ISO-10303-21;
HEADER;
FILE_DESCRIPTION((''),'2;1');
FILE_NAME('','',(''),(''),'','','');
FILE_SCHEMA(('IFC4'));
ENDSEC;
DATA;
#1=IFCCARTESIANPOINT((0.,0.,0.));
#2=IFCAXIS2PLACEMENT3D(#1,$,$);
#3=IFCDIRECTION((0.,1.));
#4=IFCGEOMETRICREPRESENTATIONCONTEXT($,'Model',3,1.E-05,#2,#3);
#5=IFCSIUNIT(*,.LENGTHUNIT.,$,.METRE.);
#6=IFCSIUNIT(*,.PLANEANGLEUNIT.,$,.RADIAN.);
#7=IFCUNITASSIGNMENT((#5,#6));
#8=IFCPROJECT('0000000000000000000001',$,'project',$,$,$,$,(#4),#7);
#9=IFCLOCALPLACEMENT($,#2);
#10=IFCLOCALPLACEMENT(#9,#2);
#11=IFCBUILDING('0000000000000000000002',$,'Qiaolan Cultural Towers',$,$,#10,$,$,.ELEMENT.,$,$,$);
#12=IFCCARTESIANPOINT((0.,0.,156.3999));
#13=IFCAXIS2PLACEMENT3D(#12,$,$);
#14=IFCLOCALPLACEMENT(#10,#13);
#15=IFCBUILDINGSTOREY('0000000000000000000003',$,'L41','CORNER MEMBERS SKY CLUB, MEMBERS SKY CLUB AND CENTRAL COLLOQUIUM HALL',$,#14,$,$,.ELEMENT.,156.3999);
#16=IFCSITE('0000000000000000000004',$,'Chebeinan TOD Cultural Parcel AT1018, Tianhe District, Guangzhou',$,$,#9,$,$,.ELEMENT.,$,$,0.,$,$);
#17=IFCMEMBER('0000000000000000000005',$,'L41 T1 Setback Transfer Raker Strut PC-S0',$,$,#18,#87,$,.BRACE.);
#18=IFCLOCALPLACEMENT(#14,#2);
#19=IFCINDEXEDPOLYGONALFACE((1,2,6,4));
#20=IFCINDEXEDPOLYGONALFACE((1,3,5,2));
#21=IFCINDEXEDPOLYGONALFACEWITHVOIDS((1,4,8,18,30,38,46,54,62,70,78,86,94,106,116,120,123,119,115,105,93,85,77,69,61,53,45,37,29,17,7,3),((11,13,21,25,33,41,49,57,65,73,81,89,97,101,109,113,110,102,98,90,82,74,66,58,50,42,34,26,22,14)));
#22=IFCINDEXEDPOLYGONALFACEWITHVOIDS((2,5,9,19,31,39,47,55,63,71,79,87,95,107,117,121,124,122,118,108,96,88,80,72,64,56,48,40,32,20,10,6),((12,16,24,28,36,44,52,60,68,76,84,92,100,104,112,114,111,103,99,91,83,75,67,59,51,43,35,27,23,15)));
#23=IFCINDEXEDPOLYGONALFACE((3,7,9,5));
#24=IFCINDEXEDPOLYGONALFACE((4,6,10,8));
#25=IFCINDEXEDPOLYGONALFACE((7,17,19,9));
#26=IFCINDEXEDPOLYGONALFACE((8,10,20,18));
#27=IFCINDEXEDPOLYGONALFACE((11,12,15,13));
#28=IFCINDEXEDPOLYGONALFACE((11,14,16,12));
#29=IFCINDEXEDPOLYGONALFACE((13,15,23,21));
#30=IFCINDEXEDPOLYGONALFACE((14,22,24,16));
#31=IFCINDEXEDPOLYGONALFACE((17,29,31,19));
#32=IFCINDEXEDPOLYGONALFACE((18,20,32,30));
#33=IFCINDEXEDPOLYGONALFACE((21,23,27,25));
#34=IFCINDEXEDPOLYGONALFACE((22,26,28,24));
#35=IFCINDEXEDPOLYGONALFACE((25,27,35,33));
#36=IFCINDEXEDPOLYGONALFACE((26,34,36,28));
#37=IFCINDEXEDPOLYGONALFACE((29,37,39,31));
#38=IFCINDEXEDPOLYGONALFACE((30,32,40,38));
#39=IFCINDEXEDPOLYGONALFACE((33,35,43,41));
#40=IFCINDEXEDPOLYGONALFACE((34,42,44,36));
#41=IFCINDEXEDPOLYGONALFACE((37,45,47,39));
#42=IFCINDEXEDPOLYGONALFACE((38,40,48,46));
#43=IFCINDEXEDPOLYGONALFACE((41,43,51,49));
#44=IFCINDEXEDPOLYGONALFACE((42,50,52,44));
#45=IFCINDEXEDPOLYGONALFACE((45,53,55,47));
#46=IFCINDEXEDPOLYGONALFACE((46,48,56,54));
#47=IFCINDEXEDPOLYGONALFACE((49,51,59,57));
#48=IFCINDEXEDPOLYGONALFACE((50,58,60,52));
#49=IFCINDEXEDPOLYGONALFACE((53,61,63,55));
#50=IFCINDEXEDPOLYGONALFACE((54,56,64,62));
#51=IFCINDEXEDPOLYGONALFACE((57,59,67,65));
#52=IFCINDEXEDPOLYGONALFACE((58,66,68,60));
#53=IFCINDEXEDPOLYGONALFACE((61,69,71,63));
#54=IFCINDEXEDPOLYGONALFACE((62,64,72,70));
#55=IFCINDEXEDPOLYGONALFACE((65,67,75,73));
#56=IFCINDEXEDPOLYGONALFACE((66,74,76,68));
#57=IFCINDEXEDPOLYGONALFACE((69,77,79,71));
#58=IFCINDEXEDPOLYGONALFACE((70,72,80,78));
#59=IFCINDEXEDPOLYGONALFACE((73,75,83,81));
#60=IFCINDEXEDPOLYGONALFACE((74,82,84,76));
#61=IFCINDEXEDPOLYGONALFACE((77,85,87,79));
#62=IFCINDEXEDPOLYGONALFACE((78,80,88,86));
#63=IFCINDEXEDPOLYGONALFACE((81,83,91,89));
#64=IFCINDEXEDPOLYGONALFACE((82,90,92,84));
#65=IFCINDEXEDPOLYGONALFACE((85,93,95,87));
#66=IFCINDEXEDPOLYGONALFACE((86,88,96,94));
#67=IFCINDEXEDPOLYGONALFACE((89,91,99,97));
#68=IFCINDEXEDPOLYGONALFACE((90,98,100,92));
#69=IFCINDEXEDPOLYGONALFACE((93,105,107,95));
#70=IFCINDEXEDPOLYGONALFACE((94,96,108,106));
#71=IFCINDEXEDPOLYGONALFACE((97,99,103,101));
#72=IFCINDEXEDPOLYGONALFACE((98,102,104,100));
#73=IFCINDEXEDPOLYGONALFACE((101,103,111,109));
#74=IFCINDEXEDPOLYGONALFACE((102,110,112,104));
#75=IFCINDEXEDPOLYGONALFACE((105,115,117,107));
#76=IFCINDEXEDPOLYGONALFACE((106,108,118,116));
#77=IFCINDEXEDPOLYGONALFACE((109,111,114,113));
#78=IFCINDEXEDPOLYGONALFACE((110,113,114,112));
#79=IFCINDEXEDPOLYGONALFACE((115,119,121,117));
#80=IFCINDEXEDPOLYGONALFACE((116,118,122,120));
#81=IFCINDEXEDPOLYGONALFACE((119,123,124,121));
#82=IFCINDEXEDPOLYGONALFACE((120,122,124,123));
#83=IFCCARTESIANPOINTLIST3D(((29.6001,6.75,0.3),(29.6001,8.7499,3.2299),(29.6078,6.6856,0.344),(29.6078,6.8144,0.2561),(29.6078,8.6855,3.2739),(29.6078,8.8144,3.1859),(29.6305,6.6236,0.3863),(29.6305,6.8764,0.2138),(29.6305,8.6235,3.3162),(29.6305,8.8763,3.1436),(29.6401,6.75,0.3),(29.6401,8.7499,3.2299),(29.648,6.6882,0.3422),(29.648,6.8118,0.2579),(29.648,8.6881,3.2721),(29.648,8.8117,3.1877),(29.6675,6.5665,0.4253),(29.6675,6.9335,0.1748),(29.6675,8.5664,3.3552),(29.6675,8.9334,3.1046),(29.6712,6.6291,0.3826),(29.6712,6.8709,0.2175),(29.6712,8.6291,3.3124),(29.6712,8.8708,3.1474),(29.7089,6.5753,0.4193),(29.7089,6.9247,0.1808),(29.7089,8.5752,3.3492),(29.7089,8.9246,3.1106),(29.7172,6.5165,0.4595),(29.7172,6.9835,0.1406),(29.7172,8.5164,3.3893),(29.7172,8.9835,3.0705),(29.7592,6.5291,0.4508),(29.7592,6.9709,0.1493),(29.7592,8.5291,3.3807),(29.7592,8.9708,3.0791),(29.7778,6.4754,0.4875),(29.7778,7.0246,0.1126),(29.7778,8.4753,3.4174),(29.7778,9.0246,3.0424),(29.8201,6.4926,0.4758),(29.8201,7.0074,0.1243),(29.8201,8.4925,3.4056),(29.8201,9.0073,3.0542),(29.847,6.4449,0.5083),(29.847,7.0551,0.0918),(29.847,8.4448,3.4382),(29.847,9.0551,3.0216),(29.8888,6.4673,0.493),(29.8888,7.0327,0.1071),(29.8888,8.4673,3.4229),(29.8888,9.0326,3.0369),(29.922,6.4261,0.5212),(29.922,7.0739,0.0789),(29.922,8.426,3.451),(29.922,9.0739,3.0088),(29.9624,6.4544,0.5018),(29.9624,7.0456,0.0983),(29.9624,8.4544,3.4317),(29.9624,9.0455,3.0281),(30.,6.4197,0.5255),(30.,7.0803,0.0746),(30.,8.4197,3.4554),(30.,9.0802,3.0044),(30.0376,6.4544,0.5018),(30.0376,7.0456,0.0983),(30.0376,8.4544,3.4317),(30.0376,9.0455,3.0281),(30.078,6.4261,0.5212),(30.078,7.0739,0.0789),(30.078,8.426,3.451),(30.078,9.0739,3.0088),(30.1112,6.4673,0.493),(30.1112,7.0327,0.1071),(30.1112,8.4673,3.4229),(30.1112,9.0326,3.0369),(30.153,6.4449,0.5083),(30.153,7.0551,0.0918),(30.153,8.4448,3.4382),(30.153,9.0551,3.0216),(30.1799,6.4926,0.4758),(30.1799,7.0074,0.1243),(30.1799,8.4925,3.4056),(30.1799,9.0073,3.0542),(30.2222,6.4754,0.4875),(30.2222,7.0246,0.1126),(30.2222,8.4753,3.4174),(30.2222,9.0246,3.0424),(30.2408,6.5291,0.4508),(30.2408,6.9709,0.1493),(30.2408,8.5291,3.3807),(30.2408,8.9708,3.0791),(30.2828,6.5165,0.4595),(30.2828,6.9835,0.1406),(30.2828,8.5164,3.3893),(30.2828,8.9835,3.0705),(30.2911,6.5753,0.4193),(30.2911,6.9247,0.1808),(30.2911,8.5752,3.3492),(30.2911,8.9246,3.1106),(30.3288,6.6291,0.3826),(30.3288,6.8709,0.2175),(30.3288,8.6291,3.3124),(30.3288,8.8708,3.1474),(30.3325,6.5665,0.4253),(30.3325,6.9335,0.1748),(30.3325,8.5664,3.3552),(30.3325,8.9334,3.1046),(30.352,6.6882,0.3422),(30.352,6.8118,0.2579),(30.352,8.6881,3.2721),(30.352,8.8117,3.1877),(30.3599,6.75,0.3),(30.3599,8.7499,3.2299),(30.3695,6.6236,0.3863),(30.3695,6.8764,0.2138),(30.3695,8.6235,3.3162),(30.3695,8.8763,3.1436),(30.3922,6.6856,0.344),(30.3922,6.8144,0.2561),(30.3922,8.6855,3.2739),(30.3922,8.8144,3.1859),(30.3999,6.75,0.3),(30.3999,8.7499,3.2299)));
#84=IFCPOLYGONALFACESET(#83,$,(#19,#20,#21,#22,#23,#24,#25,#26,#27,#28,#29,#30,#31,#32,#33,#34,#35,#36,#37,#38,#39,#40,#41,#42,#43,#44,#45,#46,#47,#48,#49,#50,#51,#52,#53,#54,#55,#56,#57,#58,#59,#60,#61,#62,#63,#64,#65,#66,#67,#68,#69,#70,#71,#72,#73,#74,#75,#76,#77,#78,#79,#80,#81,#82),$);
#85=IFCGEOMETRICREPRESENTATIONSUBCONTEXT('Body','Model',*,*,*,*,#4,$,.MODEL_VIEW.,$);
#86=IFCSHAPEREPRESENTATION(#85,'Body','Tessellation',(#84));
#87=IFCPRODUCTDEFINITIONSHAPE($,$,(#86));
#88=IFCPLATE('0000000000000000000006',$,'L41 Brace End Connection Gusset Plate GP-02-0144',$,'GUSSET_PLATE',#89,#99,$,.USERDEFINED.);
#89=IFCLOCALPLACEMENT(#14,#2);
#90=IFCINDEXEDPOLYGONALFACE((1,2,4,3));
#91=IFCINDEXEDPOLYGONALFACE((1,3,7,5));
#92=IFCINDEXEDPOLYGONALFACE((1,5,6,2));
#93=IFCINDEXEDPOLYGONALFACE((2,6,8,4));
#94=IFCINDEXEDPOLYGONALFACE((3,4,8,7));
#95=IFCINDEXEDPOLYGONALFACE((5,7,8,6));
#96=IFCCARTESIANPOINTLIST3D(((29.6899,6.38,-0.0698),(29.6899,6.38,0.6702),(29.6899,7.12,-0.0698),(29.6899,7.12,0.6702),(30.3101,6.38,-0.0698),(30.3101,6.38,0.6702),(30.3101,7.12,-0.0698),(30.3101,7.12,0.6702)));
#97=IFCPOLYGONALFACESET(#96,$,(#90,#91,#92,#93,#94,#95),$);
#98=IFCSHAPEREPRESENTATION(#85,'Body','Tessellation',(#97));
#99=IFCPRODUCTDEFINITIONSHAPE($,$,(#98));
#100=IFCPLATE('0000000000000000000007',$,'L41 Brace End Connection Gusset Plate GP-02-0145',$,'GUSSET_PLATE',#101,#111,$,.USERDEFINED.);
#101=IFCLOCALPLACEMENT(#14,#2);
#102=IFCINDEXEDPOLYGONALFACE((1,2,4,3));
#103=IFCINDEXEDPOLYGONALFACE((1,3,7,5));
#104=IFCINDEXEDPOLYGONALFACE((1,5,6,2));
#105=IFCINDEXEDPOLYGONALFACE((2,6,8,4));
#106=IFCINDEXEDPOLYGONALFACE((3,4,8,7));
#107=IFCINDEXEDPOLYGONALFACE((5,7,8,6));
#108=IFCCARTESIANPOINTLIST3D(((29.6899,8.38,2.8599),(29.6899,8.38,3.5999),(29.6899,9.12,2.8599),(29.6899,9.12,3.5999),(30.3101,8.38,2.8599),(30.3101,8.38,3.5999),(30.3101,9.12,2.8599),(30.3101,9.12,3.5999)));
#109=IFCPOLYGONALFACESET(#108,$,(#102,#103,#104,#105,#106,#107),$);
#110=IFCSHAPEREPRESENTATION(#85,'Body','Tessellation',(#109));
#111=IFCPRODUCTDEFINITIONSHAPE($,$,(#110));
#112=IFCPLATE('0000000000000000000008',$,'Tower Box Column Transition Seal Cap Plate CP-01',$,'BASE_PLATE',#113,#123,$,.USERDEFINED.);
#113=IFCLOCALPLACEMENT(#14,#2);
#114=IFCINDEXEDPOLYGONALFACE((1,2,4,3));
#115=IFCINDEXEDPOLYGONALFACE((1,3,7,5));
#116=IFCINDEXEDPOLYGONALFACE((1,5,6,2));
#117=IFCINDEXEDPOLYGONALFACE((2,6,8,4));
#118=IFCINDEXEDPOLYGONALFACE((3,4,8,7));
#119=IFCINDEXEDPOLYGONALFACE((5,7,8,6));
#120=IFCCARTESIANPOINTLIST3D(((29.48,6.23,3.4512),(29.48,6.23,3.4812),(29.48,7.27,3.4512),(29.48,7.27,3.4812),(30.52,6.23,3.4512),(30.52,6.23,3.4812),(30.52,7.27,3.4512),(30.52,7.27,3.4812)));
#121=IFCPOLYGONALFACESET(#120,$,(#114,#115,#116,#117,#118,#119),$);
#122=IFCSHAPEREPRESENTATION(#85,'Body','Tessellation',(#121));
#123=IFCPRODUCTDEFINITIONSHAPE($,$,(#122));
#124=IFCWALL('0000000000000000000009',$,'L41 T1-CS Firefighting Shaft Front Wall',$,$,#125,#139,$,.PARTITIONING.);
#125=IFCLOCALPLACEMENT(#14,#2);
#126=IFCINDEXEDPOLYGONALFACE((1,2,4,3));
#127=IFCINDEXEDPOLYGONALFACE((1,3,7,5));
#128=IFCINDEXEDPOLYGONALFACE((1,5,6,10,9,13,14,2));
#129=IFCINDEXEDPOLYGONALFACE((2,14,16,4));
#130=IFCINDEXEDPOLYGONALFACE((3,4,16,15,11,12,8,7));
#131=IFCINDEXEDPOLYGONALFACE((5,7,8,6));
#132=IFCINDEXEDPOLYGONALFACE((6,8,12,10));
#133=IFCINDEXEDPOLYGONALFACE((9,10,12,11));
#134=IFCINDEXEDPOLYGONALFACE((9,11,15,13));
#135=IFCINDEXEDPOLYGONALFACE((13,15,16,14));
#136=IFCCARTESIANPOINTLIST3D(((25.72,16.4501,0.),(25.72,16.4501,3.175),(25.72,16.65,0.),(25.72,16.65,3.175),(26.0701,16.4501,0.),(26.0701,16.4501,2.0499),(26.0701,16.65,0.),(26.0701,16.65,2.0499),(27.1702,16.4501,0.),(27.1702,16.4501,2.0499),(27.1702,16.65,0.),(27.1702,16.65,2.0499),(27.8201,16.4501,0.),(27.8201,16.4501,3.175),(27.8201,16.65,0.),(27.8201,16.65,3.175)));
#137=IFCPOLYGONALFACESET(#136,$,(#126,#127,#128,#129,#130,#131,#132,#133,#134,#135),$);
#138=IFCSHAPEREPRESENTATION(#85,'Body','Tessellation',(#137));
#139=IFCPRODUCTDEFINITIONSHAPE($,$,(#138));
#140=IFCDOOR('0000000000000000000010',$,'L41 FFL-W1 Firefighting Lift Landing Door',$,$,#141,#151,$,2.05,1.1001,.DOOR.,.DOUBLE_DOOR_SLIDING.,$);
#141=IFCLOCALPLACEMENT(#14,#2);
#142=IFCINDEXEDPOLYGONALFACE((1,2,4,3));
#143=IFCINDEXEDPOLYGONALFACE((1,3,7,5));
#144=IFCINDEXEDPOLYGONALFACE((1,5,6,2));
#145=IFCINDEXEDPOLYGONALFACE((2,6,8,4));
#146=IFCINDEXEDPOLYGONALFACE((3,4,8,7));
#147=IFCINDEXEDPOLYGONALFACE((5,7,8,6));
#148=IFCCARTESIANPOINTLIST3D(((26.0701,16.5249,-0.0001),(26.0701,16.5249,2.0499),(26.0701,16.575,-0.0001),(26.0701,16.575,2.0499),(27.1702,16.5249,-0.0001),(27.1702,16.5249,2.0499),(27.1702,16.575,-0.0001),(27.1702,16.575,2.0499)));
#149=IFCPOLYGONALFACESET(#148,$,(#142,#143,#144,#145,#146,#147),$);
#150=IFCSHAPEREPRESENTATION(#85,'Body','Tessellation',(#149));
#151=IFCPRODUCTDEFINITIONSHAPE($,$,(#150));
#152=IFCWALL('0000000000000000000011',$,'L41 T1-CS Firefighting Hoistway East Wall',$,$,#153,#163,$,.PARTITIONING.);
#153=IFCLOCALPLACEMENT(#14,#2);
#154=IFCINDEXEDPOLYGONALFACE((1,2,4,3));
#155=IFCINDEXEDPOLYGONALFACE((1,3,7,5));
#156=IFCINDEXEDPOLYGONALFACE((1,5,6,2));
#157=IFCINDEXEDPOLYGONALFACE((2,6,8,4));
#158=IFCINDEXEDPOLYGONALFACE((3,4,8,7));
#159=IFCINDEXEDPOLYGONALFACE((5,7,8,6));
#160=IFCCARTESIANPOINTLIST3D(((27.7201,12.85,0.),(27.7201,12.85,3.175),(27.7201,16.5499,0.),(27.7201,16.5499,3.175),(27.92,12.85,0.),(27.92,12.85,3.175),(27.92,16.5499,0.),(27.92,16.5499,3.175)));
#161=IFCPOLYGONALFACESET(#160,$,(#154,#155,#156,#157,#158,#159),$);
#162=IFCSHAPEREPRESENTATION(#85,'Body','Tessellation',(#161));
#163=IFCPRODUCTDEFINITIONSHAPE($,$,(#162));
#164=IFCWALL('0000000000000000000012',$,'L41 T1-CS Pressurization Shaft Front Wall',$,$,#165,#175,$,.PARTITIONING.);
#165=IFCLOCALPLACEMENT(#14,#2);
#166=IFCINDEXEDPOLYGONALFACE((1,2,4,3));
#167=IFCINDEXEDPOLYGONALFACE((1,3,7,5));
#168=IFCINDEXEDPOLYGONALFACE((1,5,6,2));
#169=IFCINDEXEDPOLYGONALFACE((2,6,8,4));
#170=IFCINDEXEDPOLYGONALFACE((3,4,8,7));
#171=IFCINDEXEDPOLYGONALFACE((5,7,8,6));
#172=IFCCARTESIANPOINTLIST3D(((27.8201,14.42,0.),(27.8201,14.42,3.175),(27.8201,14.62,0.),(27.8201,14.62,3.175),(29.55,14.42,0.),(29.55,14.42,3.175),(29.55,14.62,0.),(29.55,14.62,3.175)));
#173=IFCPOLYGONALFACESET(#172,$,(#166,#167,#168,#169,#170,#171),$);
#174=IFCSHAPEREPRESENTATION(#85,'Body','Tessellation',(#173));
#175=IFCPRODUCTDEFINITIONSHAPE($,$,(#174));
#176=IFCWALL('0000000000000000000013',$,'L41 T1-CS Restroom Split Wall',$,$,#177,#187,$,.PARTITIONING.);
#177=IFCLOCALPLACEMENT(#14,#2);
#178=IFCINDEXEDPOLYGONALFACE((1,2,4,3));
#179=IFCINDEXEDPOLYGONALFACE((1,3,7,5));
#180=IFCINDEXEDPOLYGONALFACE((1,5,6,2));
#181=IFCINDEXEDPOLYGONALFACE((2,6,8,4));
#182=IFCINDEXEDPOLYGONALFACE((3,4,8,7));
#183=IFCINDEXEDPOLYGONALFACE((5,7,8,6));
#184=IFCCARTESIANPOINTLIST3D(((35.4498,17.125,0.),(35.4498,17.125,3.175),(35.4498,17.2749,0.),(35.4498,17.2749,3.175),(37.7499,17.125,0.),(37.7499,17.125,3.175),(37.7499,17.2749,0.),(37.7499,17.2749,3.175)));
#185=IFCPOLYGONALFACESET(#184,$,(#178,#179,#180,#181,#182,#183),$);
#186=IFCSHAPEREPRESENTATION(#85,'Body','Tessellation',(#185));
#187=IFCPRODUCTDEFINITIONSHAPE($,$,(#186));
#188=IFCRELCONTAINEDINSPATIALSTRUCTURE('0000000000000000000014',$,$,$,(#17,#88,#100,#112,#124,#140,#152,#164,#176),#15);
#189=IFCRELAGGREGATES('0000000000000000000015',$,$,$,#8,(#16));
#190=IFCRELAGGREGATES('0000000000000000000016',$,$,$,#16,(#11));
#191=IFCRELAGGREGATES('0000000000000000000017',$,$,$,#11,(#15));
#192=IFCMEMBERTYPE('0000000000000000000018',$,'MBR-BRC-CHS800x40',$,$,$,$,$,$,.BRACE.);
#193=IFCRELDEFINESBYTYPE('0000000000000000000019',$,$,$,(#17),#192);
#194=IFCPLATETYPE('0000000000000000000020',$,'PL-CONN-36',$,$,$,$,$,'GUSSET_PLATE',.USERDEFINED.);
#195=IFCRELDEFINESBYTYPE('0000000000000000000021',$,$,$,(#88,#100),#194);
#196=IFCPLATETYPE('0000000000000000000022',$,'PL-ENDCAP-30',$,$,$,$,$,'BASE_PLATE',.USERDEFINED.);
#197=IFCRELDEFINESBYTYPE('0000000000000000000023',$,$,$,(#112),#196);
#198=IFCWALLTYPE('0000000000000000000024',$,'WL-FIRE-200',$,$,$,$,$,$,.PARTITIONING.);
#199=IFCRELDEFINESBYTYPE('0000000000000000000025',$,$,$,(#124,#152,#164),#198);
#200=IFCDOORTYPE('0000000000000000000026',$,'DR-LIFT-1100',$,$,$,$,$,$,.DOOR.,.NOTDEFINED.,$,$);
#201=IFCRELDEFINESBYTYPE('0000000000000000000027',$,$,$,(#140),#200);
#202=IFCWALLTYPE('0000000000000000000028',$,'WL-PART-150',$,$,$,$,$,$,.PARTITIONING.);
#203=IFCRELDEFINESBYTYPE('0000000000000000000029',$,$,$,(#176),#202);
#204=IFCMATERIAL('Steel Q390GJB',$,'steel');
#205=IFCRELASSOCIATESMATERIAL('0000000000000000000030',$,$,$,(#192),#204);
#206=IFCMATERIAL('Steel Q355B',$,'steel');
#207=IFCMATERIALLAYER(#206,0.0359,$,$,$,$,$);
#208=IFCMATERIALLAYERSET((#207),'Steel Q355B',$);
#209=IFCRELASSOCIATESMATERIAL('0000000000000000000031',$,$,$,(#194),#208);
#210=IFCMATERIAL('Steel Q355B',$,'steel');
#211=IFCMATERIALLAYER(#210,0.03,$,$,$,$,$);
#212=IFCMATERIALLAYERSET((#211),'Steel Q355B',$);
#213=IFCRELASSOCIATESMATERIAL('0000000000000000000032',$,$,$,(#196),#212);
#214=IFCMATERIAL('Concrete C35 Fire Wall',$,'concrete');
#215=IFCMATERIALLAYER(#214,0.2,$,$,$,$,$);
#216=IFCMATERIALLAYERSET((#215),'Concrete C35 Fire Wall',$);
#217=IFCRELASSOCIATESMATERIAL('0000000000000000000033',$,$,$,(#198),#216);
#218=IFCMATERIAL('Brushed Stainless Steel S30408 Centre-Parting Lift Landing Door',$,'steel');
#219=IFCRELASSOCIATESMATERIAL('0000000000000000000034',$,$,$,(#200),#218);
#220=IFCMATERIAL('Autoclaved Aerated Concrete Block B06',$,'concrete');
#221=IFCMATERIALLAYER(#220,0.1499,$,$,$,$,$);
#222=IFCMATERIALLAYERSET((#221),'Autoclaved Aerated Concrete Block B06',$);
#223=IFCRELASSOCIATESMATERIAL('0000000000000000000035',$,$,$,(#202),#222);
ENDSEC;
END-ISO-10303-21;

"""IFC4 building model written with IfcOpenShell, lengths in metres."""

from ifc_helpers import new_model, si_unit, direction, frame, frame_2d, origin, origin_2d, place, context, subcontext, project, spatial, rectangle, hollow_circle, extrude, material, layer, layer_set, material_profile, profile_set, type_object, element, fill, save


model = new_model("IFC4")

# Units and contexts
model_context = context("Model", 3, precision=1e-05, world=origin(), true_north=direction((0.0, 1.0)))
body_context = subcontext(model_context, "Body", "Model", "MODEL_VIEW")
ifc_project = project(units=[si_unit("LENGTHUNIT", "METRE"), si_unit("PLANEANGLEUNIT", "RADIAN")], contexts=[model_context])

# Site, building, storey
site_placement = place(None, origin())
site = spatial("IfcSite", under=ifc_project, at=site_placement, Name="Chebeinan TOD Cultural Parcel AT1018, Tianhe District, Guangzhou", CompositionType="ELEMENT", RefElevation=0.0)
building_placement = place(site_placement, origin())
building = spatial("IfcBuilding", under=site, at=building_placement, Name="Qiaolan Cultural Towers", CompositionType="ELEMENT")
storey_placement = place(building_placement, frame((0.0, 0.0, 156.3999)))
storey = spatial("IfcBuildingStorey", under=building, at=storey_placement, Name="L41", Description="CORNER MEMBERS SKY CLUB, MEMBERS SKY CLUB AND CENTRAL COLLOQUIUM HALL", CompositionType="ELEMENT", Elevation=156.3999)

# Member
ifc_material_1 = material(Name="Steel Q390GJB", Category="steel")
ifc_material_profile_1 = material_profile(ifc_material_1, hollow_circle(Radius=0.3999, WallThickness=0.04, at=origin_2d()), Name="CHS800x40")
ifc_profile_set_1 = profile_set([ifc_material_profile_1], Name="Steel Q390GJB")
member_type = type_object("IfcMemberType", Name="MBR-BRC-CHS800x40", PredefinedType="BRACE", material=ifc_profile_set_1)
member_placement = place(storey_placement, frame((30.0, 6.75, 0.3), z_axis=(0.0, 0.563783, 0.825923), x_axis=(-1.0, 0.0, 0.0)))
element("IfcMember", 1, at=member_placement, inside=storey, type_object=member_type, Name="L41 T1 Setback Transfer Raker Strut PC-S0", PredefinedType="BRACE", context=body_context, shape_type="SweptSolid", body=[
    extrude(hollow_circle(Radius=0.3999, WallThickness=0.04, at=origin_2d()), origin(), (0.0, 0.0, 1.0), 3.5474),
])

# Plates
ifc_material_2 = material(Name="Steel Q355B", Category="steel")
ifc_layer_1 = layer(ifc_material_2, 0.0359)
ifc_layer_set_1 = layer_set([ifc_layer_1], Name="Steel Q355B")
plate_type_1 = type_object("IfcPlateType", Name="PL-CONN-36", ElementType="GUSSET_PLATE", PredefinedType="USERDEFINED", material=ifc_layer_set_1)
for number, where, z_axis, x_axis, name in (
    (2, (30.0, 6.75, -0.0698), (0.0, 0.0, 1.0), (0.0, 1.0, 0.0), "L41 Brace End Connection Gusset Plate GP-02-0144"),
    (3, (30.0, 8.75, 2.8599), (0.0, 0.0, 1.0), (0.0, 1.0, 0.0), "L41 Brace End Connection Gusset Plate GP-02-0145"),
):
    element("IfcPlate", number, at=place(storey_placement, frame(where, z_axis=z_axis, x_axis=x_axis)), inside=storey, type_object=plate_type_1, Name=name, ObjectType="GUSSET_PLATE", PredefinedType="USERDEFINED", context=body_context, shape_type="SweptSolid", body=[
        extrude(rectangle(XDim=0.74, YDim=0.6201, at=origin_2d()), origin(), (0.0, 0.0, 1.0), 0.74),
    ])
ifc_material_3 = material(Name="Steel Q355B", Category="steel")
ifc_layer_2 = layer(ifc_material_3, 0.03)
ifc_layer_set_2 = layer_set([ifc_layer_2], Name="Steel Q355B")
plate_type_2 = type_object("IfcPlateType", Name="PL-ENDCAP-30", ElementType="BASE_PLATE", PredefinedType="USERDEFINED", material=ifc_layer_set_2)
plate_placement = place(storey_placement, frame((30.0, 6.75, 3.4512), z_axis=(0.0, 0.0, 1.0), x_axis=(1.0, 0.0, 0.0)))
element("IfcPlate", 4, at=plate_placement, inside=storey, type_object=plate_type_2, Name="Tower Box Column Transition Seal Cap Plate CP-01", ObjectType="BASE_PLATE", PredefinedType="USERDEFINED", context=body_context, shape_type="SweptSolid", body=[
    extrude(rectangle(XDim=1.04, YDim=1.04, at=origin_2d()), origin(), (0.0, 0.0, 1.0), 0.03),
])

# Wall, opening, door
ifc_material_4 = material(Name="Concrete C35 Fire Wall", Category="concrete")
ifc_layer_3 = layer(ifc_material_4, 0.2)
ifc_layer_set_3 = layer_set([ifc_layer_3], Name="Concrete C35 Fire Wall")
wall_type_1 = type_object("IfcWallType", Name="WL-FIRE-200", PredefinedType="PARTITIONING", material=ifc_layer_set_3)
wall_1_placement = place(storey_placement, frame((25.72, 16.55, 0.0), z_axis=(0.0, 0.0, 1.0), x_axis=(1.0, 0.0, 0.0)))
wall_1 = element("IfcWall", 5, at=wall_1_placement, inside=storey, type_object=wall_type_1, Name="L41 T1-CS Firefighting Shaft Front Wall", PredefinedType="PARTITIONING", context=body_context, shape_type="SweptSolid", body=[
    extrude(rectangle(XDim=2.1001, YDim=0.2, at=frame_2d((1.05, 0.0))), origin(), (0.0, 0.0, 1.0), 3.175),
])
opening_placement = place(wall_1_placement, frame((0.3501, 0.0, 0.0)))
opening = element("IfcOpeningElement", 6, at=opening_placement, cuts=wall_1, PredefinedType="OPENING", context=body_context, shape_type="SweptSolid", body=[
    extrude(rectangle(XDim=1.1001, YDim=2.05, at=frame_2d((0.55, 1.0249))), frame((0.0, 0.1099, 0.0), z_axis=(0.0, -1.0, 0.0), x_axis=(1.0, 0.0, 0.0)), (0.0, 0.0, 1.0), 0.22),
])
ifc_material_5 = material(Name="Brushed Stainless Steel S30408 Centre-Parting Lift Landing Door", Category="steel")
door_type = type_object("IfcDoorType", Name="DR-LIFT-1100", OperationType="NOTDEFINED", PredefinedType="DOOR", material=ifc_material_5)
door_placement = place(opening_placement, origin())
door = element("IfcDoor", 7, at=door_placement, inside=storey, type_object=door_type, Name="L41 FFL-W1 Firefighting Lift Landing Door", OperationType="DOUBLE_DOOR_SLIDING", OverallHeight=2.05, OverallWidth=1.1001, PredefinedType="DOOR", context=body_context, shape_type="SweptSolid", body=[
    extrude(rectangle(XDim=1.1001, YDim=2.05, at=frame_2d((0.55, 1.0249))), frame((0.0, 0.0249, 0.0), z_axis=(0.0, -1.0, 0.0), x_axis=(1.0, 0.0, 0.0)), (0.0, 0.0, 1.0), 0.05),
])
fill(opening, door)

# Walls
wall_2_placement = place(storey_placement, frame((27.8201, 16.55, 0.0), z_axis=(0.0, 0.0, 1.0), x_axis=(0.0, -1.0, 0.0)))
element("IfcWall", 8, at=wall_2_placement, inside=storey, type_object=wall_type_1, Name="L41 T1-CS Firefighting Hoistway East Wall", PredefinedType="PARTITIONING", context=body_context, shape_type="SweptSolid", body=[
    extrude(rectangle(XDim=3.7, YDim=0.2, at=frame_2d((1.8501, 0.0))), origin(), (0.0, 0.0, 1.0), 3.175),
])
wall_3_placement = place(storey_placement, frame((27.8201, 14.52, 0.0), z_axis=(0.0, 0.0, 1.0), x_axis=(1.0, 0.0, 0.0)))
element("IfcWall", 9, at=wall_3_placement, inside=storey, type_object=wall_type_1, Name="L41 T1-CS Pressurization Shaft Front Wall", PredefinedType="PARTITIONING", context=body_context, shape_type="SweptSolid", body=[
    extrude(rectangle(XDim=1.73, YDim=0.2, at=frame_2d((0.865, 0.0))), origin(), (0.0, 0.0, 1.0), 3.175),
])
ifc_material_6 = material(Name="Autoclaved Aerated Concrete Block B06", Category="concrete")
ifc_layer_4 = layer(ifc_material_6, 0.1499)
ifc_layer_set_4 = layer_set([ifc_layer_4], Name="Autoclaved Aerated Concrete Block B06")
wall_type_2 = type_object("IfcWallType", Name="WL-PART-150", PredefinedType="PARTITIONING", material=ifc_layer_set_4)
for number, where, z_axis, x_axis, name in (
    (10, (35.45, 17.2, 0.0), (0.0, 0.0, 1.0), (1.0, 0.0, 0.0), "L41 T1-CS Restroom Split Wall"),
):
    element("IfcWall", number, at=place(storey_placement, frame(where, z_axis=z_axis, x_axis=x_axis)), inside=storey, type_object=wall_type_2, Name=name, PredefinedType="PARTITIONING", context=body_context, shape_type="SweptSolid", body=[
        extrude(rectangle(XDim=2.3, YDim=0.1499, at=frame_2d((1.1499, 0.0))), origin(), (0.0, 0.0, 1.0), 3.175),
    ])

save(model, "model.ifc")
